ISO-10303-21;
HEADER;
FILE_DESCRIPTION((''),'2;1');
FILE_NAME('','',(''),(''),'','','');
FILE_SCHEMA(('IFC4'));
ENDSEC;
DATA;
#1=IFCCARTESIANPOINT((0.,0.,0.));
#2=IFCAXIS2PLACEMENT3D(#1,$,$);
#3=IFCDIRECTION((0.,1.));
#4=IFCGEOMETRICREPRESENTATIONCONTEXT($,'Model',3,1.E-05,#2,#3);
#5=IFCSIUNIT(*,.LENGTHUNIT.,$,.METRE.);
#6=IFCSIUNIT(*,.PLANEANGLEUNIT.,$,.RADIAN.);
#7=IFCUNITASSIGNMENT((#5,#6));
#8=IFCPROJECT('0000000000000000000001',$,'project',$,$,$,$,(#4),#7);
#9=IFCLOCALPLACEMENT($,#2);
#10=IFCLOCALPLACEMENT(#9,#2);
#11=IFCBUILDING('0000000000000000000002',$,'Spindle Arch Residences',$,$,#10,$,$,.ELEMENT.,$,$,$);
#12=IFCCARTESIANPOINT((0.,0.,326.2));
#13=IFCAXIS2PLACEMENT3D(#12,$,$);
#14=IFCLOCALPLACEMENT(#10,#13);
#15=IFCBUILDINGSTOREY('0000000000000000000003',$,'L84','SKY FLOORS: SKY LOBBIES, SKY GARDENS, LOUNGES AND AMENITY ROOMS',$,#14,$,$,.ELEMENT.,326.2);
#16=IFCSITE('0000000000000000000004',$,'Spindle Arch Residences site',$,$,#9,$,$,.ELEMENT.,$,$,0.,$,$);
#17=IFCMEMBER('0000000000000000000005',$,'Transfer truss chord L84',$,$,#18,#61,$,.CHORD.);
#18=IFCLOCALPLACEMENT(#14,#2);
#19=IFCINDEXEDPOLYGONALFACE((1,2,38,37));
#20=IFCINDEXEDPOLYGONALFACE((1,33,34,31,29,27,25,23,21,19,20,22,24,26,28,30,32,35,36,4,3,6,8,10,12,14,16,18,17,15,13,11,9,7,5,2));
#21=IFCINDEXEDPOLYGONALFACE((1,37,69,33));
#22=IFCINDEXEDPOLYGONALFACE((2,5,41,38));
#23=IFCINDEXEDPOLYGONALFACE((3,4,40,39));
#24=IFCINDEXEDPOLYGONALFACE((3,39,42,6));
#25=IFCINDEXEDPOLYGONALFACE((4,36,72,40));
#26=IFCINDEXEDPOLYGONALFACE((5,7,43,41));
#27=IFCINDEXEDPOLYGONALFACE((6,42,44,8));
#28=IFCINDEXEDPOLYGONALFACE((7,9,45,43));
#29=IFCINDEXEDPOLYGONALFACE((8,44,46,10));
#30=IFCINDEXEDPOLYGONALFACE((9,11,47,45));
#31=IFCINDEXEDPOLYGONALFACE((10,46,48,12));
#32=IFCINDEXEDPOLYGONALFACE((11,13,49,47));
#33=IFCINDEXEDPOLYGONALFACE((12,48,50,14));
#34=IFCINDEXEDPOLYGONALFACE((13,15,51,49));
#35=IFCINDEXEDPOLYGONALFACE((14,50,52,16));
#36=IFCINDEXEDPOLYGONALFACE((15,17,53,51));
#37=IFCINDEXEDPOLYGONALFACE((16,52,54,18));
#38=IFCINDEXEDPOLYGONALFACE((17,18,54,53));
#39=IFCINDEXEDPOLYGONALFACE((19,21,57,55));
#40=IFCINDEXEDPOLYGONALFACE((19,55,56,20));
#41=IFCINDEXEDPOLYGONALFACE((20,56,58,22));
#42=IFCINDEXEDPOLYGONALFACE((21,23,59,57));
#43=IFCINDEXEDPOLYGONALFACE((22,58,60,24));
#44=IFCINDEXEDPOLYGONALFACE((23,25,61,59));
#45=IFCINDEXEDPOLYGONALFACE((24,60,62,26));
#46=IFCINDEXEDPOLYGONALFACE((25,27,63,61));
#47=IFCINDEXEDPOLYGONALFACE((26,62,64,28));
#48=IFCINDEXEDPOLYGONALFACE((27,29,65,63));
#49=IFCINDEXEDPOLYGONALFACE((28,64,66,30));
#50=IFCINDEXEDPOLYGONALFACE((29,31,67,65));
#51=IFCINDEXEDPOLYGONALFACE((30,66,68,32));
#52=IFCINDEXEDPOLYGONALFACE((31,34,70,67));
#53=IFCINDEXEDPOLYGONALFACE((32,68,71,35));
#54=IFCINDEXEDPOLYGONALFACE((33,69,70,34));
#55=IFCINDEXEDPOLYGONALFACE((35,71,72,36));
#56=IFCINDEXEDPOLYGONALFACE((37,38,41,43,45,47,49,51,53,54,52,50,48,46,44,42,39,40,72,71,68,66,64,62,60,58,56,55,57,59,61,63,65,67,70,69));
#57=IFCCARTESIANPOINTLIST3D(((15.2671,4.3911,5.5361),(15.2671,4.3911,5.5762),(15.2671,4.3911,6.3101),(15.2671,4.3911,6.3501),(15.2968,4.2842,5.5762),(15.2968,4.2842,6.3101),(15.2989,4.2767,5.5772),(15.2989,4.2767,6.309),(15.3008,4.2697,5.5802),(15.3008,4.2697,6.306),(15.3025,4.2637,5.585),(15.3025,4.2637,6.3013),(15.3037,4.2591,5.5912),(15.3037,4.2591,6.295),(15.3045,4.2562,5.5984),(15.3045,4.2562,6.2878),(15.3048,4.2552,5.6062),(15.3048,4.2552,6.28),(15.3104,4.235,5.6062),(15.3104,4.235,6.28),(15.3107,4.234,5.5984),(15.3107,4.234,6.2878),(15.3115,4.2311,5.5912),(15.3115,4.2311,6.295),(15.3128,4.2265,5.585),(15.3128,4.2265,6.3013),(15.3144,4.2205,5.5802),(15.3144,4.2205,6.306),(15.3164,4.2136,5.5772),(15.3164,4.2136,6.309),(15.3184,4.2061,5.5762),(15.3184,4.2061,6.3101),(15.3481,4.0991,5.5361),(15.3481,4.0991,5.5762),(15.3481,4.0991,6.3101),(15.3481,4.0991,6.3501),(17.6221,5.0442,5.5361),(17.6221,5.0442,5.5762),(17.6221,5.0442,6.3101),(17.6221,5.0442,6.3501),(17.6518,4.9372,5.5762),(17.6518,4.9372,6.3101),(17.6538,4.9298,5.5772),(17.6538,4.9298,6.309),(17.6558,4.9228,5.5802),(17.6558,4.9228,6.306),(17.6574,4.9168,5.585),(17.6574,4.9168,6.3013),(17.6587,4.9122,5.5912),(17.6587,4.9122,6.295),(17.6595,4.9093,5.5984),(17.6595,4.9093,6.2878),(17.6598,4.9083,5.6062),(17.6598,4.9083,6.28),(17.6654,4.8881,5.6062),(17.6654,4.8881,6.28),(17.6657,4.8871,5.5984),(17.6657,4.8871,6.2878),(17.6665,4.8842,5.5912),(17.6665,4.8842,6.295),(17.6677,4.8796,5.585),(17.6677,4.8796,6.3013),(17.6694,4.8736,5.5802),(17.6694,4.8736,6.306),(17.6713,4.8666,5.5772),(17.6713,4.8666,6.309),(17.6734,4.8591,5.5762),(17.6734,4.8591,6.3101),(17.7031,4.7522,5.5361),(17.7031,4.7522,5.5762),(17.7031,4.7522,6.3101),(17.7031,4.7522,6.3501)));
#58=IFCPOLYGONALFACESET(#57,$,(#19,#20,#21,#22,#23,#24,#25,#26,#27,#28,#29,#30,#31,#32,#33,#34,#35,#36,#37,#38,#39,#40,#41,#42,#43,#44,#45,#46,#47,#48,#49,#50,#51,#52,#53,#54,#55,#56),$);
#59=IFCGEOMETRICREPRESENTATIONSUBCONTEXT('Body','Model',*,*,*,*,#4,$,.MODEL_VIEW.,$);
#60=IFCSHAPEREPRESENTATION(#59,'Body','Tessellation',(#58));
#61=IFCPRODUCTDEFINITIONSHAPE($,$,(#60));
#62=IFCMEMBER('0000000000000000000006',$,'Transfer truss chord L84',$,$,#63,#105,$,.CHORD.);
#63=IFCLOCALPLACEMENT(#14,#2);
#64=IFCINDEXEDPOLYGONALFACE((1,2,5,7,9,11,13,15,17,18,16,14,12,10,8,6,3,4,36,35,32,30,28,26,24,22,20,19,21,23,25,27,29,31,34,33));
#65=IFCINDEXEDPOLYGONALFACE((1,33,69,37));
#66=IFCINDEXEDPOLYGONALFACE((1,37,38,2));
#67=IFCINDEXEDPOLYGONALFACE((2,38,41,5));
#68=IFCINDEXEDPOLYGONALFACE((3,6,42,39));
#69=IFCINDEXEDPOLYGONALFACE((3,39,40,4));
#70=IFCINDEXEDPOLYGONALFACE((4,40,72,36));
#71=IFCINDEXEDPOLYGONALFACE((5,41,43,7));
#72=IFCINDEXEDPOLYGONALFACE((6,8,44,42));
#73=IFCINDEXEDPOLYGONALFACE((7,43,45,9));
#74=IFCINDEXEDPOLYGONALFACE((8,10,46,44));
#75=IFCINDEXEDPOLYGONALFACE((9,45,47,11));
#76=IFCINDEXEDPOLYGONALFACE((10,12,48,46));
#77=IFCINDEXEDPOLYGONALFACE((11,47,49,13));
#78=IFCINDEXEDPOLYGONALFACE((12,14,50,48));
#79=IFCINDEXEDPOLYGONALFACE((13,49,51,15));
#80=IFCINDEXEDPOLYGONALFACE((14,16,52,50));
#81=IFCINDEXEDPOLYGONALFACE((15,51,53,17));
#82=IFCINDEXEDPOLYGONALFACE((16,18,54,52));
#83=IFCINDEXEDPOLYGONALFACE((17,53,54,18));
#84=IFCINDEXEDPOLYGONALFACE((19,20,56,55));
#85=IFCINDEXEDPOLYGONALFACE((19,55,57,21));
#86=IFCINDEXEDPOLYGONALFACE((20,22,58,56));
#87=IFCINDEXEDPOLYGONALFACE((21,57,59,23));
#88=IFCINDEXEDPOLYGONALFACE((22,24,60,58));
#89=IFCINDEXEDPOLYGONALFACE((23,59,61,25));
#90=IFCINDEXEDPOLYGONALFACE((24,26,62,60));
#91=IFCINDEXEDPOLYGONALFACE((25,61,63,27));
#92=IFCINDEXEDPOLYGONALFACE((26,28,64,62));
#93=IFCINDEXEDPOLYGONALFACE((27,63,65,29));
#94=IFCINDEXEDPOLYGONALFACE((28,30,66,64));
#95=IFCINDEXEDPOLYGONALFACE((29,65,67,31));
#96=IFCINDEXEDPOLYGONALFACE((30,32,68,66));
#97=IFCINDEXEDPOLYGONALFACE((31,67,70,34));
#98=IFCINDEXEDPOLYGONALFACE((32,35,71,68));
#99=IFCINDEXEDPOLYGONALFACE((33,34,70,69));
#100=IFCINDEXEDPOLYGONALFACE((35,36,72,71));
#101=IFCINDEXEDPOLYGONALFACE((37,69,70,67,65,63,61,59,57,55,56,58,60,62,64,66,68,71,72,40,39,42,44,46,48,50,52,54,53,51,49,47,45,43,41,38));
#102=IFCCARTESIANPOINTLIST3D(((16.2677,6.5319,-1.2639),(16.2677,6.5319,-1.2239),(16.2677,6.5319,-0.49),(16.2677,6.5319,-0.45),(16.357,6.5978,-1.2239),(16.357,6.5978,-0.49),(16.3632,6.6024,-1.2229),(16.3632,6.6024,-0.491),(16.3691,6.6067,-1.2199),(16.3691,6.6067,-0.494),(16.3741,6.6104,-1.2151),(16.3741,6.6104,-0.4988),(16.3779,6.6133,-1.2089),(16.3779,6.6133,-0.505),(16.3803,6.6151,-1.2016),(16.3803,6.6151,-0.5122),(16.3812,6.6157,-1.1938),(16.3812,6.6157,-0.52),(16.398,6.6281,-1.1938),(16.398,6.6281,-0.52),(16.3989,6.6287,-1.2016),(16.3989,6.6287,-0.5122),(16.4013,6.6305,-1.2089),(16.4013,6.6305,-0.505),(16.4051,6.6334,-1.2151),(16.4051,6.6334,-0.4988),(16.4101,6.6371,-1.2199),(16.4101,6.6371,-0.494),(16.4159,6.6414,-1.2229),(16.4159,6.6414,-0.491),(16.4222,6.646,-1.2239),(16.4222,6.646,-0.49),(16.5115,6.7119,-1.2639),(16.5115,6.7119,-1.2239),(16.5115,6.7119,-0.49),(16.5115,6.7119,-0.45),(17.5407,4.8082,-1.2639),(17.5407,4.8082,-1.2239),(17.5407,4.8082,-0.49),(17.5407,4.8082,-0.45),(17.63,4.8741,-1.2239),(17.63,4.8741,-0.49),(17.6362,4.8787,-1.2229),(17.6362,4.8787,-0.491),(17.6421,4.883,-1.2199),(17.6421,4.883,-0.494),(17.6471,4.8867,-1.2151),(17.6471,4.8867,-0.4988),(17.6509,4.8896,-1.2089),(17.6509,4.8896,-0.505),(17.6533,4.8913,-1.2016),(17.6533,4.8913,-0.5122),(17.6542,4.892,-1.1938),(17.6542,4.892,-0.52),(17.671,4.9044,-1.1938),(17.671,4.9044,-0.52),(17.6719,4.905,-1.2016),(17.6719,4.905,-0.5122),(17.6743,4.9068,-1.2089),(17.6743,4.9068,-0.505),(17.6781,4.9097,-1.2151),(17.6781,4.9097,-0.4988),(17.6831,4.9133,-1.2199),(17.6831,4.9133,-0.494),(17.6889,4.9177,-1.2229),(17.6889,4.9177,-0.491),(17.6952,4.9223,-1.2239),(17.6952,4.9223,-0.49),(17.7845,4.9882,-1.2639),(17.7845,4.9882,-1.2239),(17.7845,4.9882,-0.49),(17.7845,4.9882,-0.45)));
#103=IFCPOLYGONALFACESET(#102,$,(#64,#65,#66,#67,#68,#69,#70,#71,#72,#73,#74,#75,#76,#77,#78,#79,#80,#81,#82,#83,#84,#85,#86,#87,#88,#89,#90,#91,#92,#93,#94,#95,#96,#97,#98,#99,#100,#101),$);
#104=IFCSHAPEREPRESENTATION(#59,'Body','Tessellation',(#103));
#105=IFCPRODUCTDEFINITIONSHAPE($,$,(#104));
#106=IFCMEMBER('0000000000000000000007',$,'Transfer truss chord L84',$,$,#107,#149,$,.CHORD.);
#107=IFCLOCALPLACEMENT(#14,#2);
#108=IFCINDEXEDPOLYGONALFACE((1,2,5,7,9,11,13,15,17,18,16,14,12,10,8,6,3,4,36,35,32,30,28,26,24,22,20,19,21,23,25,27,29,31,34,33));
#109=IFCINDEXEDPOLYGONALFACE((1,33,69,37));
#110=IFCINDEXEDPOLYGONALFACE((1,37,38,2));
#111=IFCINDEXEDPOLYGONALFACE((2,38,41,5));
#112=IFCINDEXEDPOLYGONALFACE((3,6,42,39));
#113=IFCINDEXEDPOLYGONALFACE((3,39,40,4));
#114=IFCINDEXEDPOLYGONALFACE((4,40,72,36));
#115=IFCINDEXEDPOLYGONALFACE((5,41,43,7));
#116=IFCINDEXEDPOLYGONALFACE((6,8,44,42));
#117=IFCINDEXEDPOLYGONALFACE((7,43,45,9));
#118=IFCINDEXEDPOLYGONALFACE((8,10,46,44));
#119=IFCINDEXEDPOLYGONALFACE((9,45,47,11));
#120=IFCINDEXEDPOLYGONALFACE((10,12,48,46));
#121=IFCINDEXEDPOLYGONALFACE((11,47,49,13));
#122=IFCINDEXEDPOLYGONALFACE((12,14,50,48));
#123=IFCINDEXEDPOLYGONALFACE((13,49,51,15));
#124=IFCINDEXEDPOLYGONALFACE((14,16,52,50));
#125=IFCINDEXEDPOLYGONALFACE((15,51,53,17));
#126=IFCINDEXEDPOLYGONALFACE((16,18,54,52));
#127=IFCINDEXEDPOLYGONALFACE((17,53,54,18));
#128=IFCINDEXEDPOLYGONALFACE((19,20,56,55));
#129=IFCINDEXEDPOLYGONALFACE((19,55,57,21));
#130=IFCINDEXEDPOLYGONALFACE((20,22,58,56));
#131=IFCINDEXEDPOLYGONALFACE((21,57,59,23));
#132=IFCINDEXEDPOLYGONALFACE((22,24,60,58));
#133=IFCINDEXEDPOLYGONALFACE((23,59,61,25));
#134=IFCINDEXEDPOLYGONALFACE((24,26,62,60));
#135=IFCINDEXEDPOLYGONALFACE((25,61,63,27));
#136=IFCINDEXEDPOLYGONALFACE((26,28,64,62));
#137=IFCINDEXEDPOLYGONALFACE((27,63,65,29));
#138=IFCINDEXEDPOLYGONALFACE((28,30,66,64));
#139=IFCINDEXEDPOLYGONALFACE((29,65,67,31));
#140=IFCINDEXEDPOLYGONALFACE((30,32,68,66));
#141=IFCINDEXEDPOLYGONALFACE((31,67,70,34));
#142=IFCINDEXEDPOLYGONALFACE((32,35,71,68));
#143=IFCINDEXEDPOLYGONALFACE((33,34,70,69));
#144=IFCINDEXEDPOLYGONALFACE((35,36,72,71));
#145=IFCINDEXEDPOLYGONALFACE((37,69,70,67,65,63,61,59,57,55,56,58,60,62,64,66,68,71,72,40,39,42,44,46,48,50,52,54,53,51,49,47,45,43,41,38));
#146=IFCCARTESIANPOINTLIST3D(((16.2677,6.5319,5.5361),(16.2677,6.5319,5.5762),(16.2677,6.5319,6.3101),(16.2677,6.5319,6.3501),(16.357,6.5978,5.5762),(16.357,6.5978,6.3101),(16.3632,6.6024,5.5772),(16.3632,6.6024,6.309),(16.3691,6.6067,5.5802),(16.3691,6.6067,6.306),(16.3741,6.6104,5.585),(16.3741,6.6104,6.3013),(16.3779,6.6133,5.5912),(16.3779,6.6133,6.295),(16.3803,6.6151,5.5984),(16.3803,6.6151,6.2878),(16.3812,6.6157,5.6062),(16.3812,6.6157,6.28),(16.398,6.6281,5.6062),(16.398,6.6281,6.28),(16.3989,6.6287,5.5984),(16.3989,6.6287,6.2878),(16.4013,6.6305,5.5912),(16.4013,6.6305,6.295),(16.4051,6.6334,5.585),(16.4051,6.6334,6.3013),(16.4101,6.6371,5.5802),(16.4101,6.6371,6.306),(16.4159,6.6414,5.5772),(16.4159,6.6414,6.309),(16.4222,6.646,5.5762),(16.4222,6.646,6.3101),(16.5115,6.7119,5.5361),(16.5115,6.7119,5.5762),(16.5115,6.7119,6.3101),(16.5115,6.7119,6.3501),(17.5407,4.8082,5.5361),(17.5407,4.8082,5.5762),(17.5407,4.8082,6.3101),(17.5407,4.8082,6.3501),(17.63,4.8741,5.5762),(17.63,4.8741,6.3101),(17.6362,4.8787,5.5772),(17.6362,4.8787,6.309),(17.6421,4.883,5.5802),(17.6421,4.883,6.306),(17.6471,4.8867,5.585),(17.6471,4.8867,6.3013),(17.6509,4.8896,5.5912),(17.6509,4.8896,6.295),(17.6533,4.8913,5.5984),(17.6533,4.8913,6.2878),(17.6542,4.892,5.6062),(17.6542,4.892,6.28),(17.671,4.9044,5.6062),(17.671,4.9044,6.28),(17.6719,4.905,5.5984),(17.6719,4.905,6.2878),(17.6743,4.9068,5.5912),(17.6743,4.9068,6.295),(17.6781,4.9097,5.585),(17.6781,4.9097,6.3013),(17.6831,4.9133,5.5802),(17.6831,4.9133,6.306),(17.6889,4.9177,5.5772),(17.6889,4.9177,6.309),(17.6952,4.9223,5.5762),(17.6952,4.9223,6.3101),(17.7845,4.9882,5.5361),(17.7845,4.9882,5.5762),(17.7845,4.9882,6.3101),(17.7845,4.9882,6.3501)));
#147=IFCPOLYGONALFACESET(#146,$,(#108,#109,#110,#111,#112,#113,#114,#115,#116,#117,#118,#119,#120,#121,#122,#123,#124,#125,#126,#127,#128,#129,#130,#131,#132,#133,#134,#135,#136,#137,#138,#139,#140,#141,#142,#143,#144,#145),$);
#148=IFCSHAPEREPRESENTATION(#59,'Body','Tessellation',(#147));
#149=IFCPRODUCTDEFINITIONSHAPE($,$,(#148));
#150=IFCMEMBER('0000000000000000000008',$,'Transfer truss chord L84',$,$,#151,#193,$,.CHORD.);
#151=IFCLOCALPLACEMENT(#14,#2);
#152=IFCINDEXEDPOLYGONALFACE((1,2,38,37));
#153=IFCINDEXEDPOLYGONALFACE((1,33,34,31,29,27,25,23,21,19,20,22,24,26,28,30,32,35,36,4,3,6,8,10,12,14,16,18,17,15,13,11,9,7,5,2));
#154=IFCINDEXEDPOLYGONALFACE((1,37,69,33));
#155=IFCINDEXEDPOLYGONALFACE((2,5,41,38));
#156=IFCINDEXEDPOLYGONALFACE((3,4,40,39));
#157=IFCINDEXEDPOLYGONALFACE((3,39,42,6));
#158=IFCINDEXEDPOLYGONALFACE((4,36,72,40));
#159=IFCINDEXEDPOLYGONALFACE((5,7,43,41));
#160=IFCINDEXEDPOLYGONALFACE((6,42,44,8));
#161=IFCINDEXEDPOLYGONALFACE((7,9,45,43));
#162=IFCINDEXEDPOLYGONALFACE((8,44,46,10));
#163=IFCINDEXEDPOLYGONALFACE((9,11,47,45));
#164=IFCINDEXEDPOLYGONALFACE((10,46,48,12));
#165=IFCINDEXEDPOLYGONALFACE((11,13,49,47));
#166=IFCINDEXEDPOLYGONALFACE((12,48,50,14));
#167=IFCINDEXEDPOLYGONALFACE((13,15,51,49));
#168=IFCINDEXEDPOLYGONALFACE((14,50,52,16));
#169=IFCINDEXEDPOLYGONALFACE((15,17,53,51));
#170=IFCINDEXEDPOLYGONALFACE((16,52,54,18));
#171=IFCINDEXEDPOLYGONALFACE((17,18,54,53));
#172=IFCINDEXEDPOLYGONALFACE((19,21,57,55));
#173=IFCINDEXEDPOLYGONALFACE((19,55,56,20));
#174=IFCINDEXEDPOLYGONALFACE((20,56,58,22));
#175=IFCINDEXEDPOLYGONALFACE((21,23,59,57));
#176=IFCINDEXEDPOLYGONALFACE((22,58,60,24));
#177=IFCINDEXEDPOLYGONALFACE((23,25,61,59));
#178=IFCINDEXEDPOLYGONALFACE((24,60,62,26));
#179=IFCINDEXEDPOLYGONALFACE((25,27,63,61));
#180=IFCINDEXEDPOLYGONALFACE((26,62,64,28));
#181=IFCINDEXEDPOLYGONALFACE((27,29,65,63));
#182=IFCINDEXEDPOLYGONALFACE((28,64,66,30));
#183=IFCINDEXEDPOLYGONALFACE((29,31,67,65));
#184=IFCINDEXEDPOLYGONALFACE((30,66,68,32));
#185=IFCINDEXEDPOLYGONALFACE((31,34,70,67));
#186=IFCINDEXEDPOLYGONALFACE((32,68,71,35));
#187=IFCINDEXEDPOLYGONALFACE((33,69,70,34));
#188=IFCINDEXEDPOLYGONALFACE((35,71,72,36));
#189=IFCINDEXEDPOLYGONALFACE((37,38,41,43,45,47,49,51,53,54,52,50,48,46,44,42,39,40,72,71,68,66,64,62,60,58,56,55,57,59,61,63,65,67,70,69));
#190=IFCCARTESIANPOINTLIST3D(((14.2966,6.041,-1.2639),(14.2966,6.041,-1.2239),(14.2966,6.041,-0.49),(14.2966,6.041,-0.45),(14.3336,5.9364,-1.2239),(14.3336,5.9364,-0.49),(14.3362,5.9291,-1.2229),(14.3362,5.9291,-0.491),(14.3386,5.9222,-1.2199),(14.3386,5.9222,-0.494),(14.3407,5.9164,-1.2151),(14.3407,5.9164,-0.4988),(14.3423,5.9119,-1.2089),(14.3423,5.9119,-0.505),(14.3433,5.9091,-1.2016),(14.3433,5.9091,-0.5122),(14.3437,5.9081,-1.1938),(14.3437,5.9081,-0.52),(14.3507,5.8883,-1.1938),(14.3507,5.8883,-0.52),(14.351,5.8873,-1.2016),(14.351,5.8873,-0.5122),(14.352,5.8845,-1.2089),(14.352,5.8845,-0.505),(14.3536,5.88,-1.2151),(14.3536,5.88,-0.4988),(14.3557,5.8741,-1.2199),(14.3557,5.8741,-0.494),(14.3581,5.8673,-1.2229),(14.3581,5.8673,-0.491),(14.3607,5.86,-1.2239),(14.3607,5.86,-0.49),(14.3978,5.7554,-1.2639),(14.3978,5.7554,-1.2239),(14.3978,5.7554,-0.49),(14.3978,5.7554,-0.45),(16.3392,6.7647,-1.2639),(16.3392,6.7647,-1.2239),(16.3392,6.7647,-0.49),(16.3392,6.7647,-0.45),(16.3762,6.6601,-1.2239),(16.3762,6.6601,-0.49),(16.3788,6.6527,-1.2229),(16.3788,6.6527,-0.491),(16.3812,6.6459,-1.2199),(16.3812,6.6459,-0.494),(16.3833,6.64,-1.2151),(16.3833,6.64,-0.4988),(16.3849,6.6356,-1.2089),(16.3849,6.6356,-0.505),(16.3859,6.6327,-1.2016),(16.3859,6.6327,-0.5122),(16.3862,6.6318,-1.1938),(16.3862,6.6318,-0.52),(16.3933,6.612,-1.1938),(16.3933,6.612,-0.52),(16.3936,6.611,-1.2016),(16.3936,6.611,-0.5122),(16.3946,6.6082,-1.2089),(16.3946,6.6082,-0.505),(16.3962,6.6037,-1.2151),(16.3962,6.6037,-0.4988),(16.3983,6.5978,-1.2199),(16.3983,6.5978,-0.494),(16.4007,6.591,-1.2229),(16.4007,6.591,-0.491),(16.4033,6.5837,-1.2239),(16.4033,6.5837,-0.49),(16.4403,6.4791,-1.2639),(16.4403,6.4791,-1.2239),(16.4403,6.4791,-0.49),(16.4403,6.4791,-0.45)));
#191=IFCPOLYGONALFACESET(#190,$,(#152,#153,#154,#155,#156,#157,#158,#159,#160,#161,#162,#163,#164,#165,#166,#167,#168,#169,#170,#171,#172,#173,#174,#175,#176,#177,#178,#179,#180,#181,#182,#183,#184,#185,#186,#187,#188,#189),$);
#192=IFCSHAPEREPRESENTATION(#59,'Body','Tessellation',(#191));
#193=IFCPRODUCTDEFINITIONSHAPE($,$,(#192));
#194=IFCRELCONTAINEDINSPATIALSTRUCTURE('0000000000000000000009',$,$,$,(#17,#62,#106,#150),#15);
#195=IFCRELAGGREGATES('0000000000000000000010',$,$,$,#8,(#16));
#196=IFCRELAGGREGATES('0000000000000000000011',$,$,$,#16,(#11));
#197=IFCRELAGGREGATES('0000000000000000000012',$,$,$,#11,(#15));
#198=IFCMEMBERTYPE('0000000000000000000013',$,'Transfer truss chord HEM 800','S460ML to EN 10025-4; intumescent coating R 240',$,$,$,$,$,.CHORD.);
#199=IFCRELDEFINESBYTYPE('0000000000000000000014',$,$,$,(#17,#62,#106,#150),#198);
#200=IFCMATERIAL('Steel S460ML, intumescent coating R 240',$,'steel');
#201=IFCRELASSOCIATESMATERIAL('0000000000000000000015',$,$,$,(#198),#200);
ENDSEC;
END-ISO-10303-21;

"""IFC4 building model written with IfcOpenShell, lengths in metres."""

from ifc_helpers import new_model, si_unit, direction, frame, origin, origin_2d, place, context, subcontext, project, spatial, i_section, extrude, material, material_profile, profile_set, type_object, element, save


model = new_model("IFC4")

# Units and contexts
model_context = context("Model", 3, precision=1e-05, world=origin(), true_north=direction((0.0, 1.0)))
body_context = subcontext(model_context, "Body", "Model", "MODEL_VIEW")
ifc_project = project(units=[si_unit("LENGTHUNIT", "METRE"), si_unit("PLANEANGLEUNIT", "RADIAN")], contexts=[model_context])

# Site, building, storey
site_placement = place(None, origin())
site = spatial("IfcSite", under=ifc_project, at=site_placement, Name="Spindle Arch Residences site", CompositionType="ELEMENT", RefElevation=0.0)
building_placement = place(site_placement, origin())
building = spatial("IfcBuilding", under=site, at=building_placement, Name="Spindle Arch Residences", CompositionType="ELEMENT")
storey_placement = place(building_placement, frame((0.0, 0.0, 326.2)))
storey = spatial("IfcBuildingStorey", under=building, at=storey_placement, Name="L84", Description="SKY FLOORS: SKY LOBBIES, SKY GARDENS, LOUNGES AND AMENITY ROOMS", CompositionType="ELEMENT", Elevation=326.2)

# Members
ifc_material_1 = material(Name="Steel S460ML, intumescent coating R 240", Category="steel")
ifc_material_profile_1 = material_profile(ifc_material_1, i_section(OverallWidth=0.303, OverallDepth=0.814, WebThickness=0.021, FlangeThickness=0.04, FilletRadius=0.03, at=origin_2d()), Name="HEM 800")
ifc_profile_set_1 = profile_set([ifc_material_profile_1], Name="Steel S460ML, intumescent coating R 240")
member_type_1 = type_object("IfcMemberType", Name="Transfer truss chord HEM 800", Description="S460ML to EN 10025-4; intumescent coating R 240", PredefinedType="CHORD", material=ifc_profile_set_1)
for number, where, z_axis, x_axis, name in (
    (1, (15.3076, 4.2451, 5.9431), (0.963632, 0.267232, 0.0), (-0.267232, 0.963632, 0.0), "Transfer truss chord L84"),
):
    element("IfcMember", number, at=place(storey_placement, frame(where, z_axis=z_axis, x_axis=x_axis)), inside=storey, type_object=member_type_1, Name=name, PredefinedType="CHORD", context=body_context, shape_type="SweptSolid", body=[
        extrude(i_section(OverallWidth=0.303, OverallDepth=0.814, WebThickness=0.021, FlangeThickness=0.04, FilletRadius=0.03, at=origin_2d()), origin(), (0.0, 0.0, 1.0), 2.4438),
    ])
for number, where, z_axis, x_axis, name in (
    (2, (17.6626, 4.8982, -0.8569), (-0.594077, 0.804408, 0.0), (-0.804408, -0.594077, 0.0), "Transfer truss chord L84"),
    (3, (17.6626, 4.8982, 5.9431), (-0.594077, 0.804408, 0.0), (-0.804408, -0.594077, 0.0), "Transfer truss chord L84"),
):
    element("IfcMember", number, at=place(storey_placement, frame(where, z_axis=z_axis, x_axis=x_axis)), inside=storey, type_object=member_type_1, Name=name, PredefinedType="CHORD", context=body_context, shape_type="SweptSolid", body=[
        extrude(i_section(OverallWidth=0.303, OverallDepth=0.814, WebThickness=0.021, FlangeThickness=0.04, FilletRadius=0.03, at=origin_2d()), origin(), (0.0, 0.0, 1.0), 2.1428),
    ])
for number, where, z_axis, x_axis, name in (
    (4, (14.3472, 5.8982, -0.8569), (0.94259, 0.333951, 0.0), (-0.333951, 0.94259, 0.0), "Transfer truss chord L84"),
):
    element("IfcMember", number, at=place(storey_placement, frame(where, z_axis=z_axis, x_axis=x_axis)), inside=storey, type_object=member_type_1, Name=name, PredefinedType="CHORD", context=body_context, shape_type="SweptSolid", body=[
        extrude(i_section(OverallWidth=0.303, OverallDepth=0.814, WebThickness=0.021, FlangeThickness=0.04, FilletRadius=0.03, at=origin_2d()), origin(), (0.0, 0.0, 1.0), 2.167),
    ])

save(model, "model.ifc")
